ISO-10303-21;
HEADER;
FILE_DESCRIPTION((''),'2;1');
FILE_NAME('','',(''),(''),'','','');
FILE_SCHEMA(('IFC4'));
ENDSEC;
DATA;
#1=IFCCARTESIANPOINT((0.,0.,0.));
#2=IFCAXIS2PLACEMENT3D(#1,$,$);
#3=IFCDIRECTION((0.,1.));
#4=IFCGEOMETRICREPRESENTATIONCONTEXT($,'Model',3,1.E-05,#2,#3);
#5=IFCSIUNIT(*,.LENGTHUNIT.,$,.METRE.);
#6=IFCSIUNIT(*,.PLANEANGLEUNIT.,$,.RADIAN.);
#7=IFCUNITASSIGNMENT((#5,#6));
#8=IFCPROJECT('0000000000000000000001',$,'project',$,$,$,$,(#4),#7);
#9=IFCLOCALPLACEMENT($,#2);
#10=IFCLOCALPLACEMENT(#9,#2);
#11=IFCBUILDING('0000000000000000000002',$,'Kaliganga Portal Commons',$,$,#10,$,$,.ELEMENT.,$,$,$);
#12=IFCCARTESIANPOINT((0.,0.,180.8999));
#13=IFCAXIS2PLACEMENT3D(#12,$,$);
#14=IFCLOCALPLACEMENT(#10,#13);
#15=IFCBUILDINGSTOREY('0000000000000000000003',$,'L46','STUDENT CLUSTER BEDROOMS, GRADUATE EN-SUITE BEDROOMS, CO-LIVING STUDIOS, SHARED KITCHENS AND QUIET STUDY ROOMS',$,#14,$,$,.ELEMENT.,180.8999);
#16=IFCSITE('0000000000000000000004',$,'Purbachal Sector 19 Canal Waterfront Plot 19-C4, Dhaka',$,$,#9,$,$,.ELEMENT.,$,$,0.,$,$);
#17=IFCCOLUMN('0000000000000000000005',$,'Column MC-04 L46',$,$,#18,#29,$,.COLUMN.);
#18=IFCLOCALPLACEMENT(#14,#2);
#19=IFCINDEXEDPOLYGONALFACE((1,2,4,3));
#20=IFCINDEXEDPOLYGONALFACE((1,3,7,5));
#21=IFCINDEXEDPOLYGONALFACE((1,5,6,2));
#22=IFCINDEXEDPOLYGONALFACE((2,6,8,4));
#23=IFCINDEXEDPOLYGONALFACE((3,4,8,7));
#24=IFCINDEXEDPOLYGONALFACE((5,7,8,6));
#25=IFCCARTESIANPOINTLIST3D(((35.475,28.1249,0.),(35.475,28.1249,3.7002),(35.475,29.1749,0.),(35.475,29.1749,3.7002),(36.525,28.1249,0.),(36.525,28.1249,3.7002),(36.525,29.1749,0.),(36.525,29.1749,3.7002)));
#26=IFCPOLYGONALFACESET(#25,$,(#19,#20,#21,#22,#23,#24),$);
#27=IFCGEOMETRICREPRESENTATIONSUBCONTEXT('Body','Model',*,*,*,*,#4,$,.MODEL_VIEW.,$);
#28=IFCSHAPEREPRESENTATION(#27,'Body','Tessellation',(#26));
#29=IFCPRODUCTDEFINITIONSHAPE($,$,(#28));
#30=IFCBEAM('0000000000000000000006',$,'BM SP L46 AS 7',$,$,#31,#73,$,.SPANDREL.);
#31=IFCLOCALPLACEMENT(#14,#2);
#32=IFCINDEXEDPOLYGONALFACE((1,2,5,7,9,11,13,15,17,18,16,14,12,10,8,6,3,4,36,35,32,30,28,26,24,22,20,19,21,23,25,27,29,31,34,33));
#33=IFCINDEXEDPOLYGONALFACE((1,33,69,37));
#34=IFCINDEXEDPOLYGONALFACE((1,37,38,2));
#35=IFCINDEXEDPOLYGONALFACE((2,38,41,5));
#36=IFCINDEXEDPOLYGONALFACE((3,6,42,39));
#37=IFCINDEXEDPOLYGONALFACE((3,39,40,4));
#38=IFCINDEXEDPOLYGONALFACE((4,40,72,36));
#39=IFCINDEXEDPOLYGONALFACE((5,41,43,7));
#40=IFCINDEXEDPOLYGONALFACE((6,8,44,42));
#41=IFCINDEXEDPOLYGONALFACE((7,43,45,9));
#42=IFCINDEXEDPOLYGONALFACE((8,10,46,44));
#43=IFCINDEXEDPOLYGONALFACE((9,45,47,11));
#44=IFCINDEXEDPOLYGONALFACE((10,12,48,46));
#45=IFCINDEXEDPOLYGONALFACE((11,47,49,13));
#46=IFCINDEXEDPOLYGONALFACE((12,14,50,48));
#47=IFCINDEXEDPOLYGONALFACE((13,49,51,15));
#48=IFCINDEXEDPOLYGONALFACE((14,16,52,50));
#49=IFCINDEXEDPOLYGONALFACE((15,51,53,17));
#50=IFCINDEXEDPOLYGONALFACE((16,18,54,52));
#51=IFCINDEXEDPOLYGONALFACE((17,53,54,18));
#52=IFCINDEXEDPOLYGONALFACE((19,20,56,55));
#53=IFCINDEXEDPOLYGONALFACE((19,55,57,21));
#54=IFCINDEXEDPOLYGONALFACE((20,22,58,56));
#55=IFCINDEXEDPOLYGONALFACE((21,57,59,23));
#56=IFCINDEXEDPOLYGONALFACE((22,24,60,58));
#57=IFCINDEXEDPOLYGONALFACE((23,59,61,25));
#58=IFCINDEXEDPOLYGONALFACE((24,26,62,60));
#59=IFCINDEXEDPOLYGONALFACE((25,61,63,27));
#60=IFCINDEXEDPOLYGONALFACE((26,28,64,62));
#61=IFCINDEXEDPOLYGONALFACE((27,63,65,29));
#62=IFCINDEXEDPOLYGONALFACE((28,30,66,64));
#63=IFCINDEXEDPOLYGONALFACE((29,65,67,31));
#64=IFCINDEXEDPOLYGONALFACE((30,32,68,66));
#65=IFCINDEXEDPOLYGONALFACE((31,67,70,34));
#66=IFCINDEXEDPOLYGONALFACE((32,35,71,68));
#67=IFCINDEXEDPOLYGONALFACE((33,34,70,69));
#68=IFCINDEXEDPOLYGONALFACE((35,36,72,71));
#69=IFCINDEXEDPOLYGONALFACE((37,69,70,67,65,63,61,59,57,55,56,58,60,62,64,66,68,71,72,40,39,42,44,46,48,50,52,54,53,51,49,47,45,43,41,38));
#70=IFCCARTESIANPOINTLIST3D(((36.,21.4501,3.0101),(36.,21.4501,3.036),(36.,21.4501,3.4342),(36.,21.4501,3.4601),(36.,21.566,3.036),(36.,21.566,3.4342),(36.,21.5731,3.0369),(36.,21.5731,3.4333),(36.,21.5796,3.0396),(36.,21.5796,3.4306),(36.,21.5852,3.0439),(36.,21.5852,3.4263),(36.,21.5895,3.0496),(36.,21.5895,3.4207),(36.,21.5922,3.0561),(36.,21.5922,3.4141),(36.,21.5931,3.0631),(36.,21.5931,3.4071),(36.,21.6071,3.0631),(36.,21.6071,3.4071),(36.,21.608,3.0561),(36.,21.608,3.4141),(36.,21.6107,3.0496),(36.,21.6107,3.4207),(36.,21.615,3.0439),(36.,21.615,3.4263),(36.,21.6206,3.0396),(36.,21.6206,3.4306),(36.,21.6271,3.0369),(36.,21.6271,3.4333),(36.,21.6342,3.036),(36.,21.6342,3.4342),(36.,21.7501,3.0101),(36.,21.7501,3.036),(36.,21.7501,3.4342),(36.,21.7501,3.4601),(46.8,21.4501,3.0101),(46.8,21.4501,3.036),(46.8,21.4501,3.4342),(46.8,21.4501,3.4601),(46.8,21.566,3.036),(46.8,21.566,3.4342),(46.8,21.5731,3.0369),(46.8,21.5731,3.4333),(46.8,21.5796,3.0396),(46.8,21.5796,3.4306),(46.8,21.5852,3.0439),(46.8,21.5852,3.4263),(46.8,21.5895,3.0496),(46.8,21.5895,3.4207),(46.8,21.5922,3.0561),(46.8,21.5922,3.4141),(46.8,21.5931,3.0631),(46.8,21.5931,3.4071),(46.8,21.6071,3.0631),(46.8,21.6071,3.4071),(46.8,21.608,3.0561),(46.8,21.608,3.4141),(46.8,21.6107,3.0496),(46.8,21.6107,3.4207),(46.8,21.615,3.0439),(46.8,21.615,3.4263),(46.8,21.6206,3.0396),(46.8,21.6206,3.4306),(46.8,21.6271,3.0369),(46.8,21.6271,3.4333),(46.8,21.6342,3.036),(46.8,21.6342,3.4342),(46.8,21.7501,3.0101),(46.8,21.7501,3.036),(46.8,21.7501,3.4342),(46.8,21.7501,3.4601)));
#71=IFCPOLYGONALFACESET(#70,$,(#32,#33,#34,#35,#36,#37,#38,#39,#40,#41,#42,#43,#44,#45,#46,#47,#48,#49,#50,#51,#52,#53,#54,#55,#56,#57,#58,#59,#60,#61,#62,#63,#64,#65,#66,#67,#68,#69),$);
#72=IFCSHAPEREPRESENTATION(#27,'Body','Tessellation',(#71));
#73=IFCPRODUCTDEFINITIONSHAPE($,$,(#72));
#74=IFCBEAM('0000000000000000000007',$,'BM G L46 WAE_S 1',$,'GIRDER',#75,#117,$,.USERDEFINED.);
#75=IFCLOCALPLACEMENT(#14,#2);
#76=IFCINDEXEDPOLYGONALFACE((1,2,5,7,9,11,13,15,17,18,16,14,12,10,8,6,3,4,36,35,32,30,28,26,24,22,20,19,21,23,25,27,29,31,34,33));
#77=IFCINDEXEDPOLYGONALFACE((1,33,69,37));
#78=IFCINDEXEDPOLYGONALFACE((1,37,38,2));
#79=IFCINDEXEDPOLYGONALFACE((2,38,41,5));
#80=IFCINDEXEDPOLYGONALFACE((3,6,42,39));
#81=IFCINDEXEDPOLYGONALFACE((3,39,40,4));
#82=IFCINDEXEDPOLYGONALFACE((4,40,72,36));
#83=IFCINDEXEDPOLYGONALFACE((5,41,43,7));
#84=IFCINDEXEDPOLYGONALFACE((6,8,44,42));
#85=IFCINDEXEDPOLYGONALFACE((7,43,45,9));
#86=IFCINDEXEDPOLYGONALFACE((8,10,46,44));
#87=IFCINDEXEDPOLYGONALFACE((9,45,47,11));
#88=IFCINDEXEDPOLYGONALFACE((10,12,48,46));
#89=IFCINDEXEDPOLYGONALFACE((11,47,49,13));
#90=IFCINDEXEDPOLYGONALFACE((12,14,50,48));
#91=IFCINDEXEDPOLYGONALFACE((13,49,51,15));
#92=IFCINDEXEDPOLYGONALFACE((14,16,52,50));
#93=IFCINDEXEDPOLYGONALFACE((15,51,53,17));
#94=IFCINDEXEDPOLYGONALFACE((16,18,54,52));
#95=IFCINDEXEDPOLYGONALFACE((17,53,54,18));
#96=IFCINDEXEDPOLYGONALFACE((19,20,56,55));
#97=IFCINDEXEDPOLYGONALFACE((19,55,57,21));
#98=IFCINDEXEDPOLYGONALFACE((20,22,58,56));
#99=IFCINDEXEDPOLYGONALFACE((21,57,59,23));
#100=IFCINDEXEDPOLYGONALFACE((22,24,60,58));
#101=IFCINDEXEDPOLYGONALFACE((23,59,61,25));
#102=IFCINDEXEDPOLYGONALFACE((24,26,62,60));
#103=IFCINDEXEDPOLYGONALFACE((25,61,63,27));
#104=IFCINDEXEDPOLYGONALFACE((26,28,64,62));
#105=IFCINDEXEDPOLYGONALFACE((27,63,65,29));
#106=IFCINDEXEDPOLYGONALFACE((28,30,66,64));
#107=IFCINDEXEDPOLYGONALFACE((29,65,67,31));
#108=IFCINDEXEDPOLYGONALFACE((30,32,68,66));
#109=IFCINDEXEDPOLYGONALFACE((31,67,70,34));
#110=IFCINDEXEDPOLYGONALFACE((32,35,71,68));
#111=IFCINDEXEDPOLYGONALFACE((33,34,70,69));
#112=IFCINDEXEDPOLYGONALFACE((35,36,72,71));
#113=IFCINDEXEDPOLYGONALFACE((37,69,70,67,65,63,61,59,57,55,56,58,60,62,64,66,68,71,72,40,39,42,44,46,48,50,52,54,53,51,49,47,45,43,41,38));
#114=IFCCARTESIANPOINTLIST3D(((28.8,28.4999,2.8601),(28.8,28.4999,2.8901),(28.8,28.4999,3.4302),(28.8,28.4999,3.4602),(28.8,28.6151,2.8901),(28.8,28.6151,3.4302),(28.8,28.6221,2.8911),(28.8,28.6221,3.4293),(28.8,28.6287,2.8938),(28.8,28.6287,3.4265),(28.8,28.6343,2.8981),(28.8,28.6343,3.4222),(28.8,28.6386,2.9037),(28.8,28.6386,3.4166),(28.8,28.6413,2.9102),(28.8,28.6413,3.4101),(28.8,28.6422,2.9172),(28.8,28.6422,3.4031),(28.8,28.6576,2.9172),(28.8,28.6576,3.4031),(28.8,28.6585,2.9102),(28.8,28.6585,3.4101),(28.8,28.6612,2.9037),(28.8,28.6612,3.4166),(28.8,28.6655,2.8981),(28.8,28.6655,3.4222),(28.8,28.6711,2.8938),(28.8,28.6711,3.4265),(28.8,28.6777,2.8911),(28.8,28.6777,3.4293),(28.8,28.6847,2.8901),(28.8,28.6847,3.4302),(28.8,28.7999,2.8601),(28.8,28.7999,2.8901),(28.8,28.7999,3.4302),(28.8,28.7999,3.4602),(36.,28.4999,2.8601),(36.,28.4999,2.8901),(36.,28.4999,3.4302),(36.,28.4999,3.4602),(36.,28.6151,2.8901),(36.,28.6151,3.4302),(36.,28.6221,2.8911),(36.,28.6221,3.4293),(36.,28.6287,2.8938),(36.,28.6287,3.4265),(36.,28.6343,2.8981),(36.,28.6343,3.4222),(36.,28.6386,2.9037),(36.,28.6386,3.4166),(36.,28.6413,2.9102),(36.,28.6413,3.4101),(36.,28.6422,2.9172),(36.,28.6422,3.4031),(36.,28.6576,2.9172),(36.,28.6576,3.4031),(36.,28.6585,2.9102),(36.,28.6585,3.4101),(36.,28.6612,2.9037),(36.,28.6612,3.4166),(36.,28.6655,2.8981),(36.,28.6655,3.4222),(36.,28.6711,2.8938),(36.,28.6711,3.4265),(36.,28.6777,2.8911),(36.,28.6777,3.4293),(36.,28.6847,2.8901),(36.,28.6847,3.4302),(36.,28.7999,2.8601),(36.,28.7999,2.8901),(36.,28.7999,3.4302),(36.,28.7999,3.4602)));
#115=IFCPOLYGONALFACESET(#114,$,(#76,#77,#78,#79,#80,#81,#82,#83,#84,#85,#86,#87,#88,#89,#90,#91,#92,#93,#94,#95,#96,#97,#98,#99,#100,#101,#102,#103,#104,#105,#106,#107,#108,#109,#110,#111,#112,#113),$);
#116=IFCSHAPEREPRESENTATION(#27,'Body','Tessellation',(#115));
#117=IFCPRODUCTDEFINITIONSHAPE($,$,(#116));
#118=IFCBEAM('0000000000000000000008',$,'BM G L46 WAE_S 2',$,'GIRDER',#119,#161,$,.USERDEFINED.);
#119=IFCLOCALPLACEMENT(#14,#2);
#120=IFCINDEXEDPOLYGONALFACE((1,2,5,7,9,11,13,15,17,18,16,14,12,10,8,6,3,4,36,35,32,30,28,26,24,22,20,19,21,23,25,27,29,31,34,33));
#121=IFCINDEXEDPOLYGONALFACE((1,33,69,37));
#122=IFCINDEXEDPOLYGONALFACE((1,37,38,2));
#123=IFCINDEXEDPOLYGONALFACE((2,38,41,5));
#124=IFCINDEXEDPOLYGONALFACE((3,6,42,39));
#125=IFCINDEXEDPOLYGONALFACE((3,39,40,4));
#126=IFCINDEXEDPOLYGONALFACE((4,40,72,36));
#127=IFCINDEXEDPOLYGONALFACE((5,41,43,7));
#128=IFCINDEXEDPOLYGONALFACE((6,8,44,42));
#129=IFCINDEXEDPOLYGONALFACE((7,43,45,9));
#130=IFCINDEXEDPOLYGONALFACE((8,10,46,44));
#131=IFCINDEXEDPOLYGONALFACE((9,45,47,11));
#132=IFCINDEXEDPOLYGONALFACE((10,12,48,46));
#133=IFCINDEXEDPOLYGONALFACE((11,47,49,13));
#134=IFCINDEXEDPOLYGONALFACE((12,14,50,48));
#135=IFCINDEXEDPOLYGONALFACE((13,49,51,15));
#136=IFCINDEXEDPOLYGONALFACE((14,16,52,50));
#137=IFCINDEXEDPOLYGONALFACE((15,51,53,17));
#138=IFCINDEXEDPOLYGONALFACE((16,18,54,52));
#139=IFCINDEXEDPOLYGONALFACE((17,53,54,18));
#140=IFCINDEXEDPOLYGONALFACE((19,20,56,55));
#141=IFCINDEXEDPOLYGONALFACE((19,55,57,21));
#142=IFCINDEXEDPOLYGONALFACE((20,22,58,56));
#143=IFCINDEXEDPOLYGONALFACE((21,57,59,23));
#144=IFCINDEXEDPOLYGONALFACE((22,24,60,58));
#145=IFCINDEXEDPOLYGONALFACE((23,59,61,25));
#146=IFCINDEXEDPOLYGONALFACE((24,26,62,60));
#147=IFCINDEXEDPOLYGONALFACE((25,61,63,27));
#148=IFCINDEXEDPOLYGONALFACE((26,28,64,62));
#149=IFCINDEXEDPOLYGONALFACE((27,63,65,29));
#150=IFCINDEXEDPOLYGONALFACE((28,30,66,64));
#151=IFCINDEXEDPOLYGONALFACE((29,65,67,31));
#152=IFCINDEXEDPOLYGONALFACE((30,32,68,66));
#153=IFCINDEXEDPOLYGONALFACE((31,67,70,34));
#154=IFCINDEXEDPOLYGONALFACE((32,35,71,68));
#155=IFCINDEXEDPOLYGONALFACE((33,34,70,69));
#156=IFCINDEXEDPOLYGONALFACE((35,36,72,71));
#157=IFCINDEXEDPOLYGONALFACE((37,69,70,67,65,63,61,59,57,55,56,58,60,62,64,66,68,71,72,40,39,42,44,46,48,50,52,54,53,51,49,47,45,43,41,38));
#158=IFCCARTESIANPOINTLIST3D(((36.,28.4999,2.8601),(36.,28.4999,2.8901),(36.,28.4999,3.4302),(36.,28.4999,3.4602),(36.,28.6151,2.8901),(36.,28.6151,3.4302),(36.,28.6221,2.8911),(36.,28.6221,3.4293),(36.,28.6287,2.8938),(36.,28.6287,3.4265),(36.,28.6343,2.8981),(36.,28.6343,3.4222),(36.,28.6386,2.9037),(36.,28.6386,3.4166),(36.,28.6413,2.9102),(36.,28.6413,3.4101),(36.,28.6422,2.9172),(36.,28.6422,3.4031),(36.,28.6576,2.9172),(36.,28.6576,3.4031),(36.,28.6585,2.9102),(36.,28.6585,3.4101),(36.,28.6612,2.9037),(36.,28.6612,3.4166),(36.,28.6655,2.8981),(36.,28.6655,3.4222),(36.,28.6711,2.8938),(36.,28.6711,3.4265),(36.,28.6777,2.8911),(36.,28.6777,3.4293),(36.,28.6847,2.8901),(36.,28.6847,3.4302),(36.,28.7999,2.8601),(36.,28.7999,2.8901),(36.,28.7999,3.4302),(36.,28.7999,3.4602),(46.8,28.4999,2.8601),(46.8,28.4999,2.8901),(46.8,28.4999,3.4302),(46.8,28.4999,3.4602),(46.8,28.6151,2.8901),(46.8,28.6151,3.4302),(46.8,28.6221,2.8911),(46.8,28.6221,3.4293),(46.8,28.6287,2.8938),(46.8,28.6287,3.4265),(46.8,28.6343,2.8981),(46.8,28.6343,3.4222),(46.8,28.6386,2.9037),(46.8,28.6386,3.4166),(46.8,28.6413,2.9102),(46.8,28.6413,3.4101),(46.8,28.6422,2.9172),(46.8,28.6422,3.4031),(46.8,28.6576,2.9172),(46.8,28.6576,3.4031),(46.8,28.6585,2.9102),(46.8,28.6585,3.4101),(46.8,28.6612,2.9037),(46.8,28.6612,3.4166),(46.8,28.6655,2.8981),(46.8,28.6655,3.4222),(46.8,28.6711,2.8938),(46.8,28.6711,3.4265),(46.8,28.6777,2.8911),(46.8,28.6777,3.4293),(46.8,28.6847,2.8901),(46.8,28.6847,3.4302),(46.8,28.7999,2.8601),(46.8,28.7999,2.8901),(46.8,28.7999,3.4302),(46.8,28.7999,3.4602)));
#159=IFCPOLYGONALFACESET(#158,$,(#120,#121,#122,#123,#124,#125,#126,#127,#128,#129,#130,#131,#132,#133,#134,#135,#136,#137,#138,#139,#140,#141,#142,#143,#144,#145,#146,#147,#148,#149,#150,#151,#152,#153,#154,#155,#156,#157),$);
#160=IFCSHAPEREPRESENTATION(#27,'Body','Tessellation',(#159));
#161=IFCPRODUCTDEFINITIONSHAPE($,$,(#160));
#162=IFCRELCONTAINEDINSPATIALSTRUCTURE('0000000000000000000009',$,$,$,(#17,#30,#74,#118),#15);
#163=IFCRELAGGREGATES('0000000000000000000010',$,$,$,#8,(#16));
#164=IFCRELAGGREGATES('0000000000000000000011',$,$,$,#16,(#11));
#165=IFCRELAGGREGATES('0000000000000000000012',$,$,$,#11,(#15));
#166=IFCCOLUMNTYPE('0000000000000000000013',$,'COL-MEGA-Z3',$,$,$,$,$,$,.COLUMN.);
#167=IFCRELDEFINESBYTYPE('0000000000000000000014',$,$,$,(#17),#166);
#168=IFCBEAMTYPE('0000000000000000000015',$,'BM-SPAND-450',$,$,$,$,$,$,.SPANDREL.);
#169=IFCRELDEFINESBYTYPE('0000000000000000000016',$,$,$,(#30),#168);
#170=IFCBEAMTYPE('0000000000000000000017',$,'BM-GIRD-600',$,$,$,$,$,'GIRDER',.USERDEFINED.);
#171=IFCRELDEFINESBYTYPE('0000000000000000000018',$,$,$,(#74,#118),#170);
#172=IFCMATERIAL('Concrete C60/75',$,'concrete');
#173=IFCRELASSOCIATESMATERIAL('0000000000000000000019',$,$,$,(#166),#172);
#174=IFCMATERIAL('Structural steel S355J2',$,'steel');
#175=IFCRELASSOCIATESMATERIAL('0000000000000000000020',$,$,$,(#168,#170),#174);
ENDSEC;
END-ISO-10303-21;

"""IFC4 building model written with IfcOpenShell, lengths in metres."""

from ifc_helpers import new_model, si_unit, direction, frame, origin, origin_2d, place, context, subcontext, project, spatial, rectangle, i_section, extrude, source, transform, mapped, material, material_profile, profile_set, type_object, element, save


model = new_model("IFC4")

# Units and contexts
model_context = context("Model", 3, precision=1e-05, world=origin(), true_north=direction((0.0, 1.0)))
body_context = subcontext(model_context, "Body", "Model", "MODEL_VIEW")
ifc_project = project(units=[si_unit("LENGTHUNIT", "METRE"), si_unit("PLANEANGLEUNIT", "RADIAN")], contexts=[model_context])

# Site, building, storey
site_placement = place(None, origin())
site = spatial("IfcSite", under=ifc_project, at=site_placement, Name="Purbachal Sector 19 Canal Waterfront Plot 19-C4, Dhaka", CompositionType="ELEMENT", RefElevation=0.0)
building_placement = place(site_placement, origin())
building = spatial("IfcBuilding", under=site, at=building_placement, Name="Kaliganga Portal Commons", CompositionType="ELEMENT")
storey_placement = place(building_placement, frame((0.0, 0.0, 180.8999)))
storey = spatial("IfcBuildingStorey", under=building, at=storey_placement, Name="L46", Description="STUDENT CLUSTER BEDROOMS, GRADUATE EN-SUITE BEDROOMS, CO-LIVING STUDIOS, SHARED KITCHENS AND QUIET STUDY ROOMS", CompositionType="ELEMENT", Elevation=180.8999)

# Column
ifc_material_1 = material(Name="Concrete C60/75", Category="concrete")
ifc_material_profile_1 = material_profile(ifc_material_1, rectangle(XDim=1.05, YDim=1.05, at=origin_2d()), Name="RC 1050x1050")
ifc_profile_set_1 = profile_set([ifc_material_profile_1], Name="Concrete C60/75")
column_type = type_object("IfcColumnType", Name="COL-MEGA-Z3", PredefinedType="COLUMN", material=ifc_profile_set_1)
shared_shape_1 = source(origin(), body_context, "Body", "SweptSolid", [
    extrude(rectangle(XDim=1.05, YDim=1.05, at=origin_2d()), origin(), (0.0, 0.0, 1.0), 3.7002),
])
column_placement = place(storey_placement, frame((36.0, 28.6499, 0.0), z_axis=(0.0, 0.0, 1.0), x_axis=(1.0, 0.0, 0.0)))
element("IfcColumn", 1, at=column_placement, inside=storey, type_object=column_type, Name="Column MC-04 L46", PredefinedType="COLUMN", context=body_context, shape_type="MappedRepresentation", body=[
    mapped(shared_shape_1, transform((0.0, 0.0, 0.0), x_axis=(1.0, 0.0, 0.0), y_axis=(0.0, 1.0, 0.0), z_axis=(0.0, 0.0, 1.0), scale=1.0)),
])

# Beams
ifc_material_2 = material(Name="Structural steel S355J2", Category="steel")
ifc_material_profile_2 = material_profile(ifc_material_2, i_section(OverallWidth=0.3, OverallDepth=0.45, WebThickness=0.0139, FlangeThickness=0.0259, FilletRadius=0.0271, at=origin_2d()), Name="HE 450 B")
ifc_profile_set_2 = profile_set([ifc_material_profile_2], Name="Structural steel S355J2 wide-flange")
beam_type_1 = type_object("IfcBeamType", Name="BM-SPAND-450", PredefinedType="SPANDREL", material=ifc_profile_set_2)
shared_shape_2 = source(origin(), body_context, "Body", "SweptSolid", [
    extrude(i_section(OverallWidth=0.3, OverallDepth=0.45, WebThickness=0.0139, FlangeThickness=0.0259, FilletRadius=0.0271, at=origin_2d()), origin(), (0.0, 0.0, 1.0), 10.8),
])
beam_1_placement = place(storey_placement, frame((36.0, 21.6001, 3.2351), z_axis=(1.0, 0.0, 0.0), x_axis=(0.0, 1.0, 0.0)))
element("IfcBeam", 2, at=beam_1_placement, inside=storey, type_object=beam_type_1, Name="BM SP L46 AS 7", PredefinedType="SPANDREL", context=body_context, shape_type="MappedRepresentation", body=[
    mapped(shared_shape_2, transform((0.0, 0.0, 0.0), x_axis=(1.0, 0.0, 0.0), y_axis=(0.0, 1.0, 0.0), z_axis=(0.0, 0.0, 1.0), scale=1.0)),
])
ifc_material_profile_3 = material_profile(ifc_material_2, i_section(OverallWidth=0.3, OverallDepth=0.6001, WebThickness=0.0154, FlangeThickness=0.03, FilletRadius=0.0271, at=origin_2d()), Name="HE 600 B")
ifc_profile_set_3 = profile_set([ifc_material_profile_3], Name="Structural steel S355J2 wide-flange")
beam_type_2 = type_object("IfcBeamType", Name="BM-GIRD-600", ElementType="GIRDER", PredefinedType="USERDEFINED", material=ifc_profile_set_3)
shared_shape_3 = source(origin(), body_context, "Body", "SweptSolid", [
    extrude(i_section(OverallWidth=0.3, OverallDepth=0.6001, WebThickness=0.0154, FlangeThickness=0.03, FilletRadius=0.0271, at=origin_2d()), origin(), (0.0, 0.0, 1.0), 7.2),
])
beam_2_placement = place(storey_placement, frame((28.8, 28.6499, 3.1602), z_axis=(1.0, 0.0, 0.0), x_axis=(0.0, 1.0, 0.0)))
element("IfcBeam", 3, at=beam_2_placement, inside=storey, type_object=beam_type_2, Name="BM G L46 WAE_S 1", ObjectType="GIRDER", PredefinedType="USERDEFINED", context=body_context, shape_type="MappedRepresentation", body=[
    mapped(shared_shape_3, transform((0.0, 0.0, 0.0), x_axis=(1.0, 0.0, 0.0), y_axis=(0.0, 1.0, 0.0), z_axis=(0.0, 0.0, 1.0), scale=1.0)),
])
shared_shape_4 = source(origin(), body_context, "Body", "SweptSolid", [
    extrude(i_section(OverallWidth=0.3, OverallDepth=0.6001, WebThickness=0.0154, FlangeThickness=0.03, FilletRadius=0.0271, at=origin_2d()), origin(), (0.0, 0.0, 1.0), 10.8),
])
beam_3_placement = place(storey_placement, frame((36.0, 28.6499, 3.1602), z_axis=(1.0, 0.0, 0.0), x_axis=(0.0, 1.0, 0.0)))
element("IfcBeam", 4, at=beam_3_placement, inside=storey, type_object=beam_type_2, Name="BM G L46 WAE_S 2", ObjectType="GIRDER", PredefinedType="USERDEFINED", context=body_context, shape_type="MappedRepresentation", body=[
    mapped(shared_shape_4, transform((0.0, 0.0, 0.0), x_axis=(1.0, 0.0, 0.0), y_axis=(0.0, 1.0, 0.0), z_axis=(0.0, 0.0, 1.0), scale=1.0)),
])

save(model, "model.ifc")
